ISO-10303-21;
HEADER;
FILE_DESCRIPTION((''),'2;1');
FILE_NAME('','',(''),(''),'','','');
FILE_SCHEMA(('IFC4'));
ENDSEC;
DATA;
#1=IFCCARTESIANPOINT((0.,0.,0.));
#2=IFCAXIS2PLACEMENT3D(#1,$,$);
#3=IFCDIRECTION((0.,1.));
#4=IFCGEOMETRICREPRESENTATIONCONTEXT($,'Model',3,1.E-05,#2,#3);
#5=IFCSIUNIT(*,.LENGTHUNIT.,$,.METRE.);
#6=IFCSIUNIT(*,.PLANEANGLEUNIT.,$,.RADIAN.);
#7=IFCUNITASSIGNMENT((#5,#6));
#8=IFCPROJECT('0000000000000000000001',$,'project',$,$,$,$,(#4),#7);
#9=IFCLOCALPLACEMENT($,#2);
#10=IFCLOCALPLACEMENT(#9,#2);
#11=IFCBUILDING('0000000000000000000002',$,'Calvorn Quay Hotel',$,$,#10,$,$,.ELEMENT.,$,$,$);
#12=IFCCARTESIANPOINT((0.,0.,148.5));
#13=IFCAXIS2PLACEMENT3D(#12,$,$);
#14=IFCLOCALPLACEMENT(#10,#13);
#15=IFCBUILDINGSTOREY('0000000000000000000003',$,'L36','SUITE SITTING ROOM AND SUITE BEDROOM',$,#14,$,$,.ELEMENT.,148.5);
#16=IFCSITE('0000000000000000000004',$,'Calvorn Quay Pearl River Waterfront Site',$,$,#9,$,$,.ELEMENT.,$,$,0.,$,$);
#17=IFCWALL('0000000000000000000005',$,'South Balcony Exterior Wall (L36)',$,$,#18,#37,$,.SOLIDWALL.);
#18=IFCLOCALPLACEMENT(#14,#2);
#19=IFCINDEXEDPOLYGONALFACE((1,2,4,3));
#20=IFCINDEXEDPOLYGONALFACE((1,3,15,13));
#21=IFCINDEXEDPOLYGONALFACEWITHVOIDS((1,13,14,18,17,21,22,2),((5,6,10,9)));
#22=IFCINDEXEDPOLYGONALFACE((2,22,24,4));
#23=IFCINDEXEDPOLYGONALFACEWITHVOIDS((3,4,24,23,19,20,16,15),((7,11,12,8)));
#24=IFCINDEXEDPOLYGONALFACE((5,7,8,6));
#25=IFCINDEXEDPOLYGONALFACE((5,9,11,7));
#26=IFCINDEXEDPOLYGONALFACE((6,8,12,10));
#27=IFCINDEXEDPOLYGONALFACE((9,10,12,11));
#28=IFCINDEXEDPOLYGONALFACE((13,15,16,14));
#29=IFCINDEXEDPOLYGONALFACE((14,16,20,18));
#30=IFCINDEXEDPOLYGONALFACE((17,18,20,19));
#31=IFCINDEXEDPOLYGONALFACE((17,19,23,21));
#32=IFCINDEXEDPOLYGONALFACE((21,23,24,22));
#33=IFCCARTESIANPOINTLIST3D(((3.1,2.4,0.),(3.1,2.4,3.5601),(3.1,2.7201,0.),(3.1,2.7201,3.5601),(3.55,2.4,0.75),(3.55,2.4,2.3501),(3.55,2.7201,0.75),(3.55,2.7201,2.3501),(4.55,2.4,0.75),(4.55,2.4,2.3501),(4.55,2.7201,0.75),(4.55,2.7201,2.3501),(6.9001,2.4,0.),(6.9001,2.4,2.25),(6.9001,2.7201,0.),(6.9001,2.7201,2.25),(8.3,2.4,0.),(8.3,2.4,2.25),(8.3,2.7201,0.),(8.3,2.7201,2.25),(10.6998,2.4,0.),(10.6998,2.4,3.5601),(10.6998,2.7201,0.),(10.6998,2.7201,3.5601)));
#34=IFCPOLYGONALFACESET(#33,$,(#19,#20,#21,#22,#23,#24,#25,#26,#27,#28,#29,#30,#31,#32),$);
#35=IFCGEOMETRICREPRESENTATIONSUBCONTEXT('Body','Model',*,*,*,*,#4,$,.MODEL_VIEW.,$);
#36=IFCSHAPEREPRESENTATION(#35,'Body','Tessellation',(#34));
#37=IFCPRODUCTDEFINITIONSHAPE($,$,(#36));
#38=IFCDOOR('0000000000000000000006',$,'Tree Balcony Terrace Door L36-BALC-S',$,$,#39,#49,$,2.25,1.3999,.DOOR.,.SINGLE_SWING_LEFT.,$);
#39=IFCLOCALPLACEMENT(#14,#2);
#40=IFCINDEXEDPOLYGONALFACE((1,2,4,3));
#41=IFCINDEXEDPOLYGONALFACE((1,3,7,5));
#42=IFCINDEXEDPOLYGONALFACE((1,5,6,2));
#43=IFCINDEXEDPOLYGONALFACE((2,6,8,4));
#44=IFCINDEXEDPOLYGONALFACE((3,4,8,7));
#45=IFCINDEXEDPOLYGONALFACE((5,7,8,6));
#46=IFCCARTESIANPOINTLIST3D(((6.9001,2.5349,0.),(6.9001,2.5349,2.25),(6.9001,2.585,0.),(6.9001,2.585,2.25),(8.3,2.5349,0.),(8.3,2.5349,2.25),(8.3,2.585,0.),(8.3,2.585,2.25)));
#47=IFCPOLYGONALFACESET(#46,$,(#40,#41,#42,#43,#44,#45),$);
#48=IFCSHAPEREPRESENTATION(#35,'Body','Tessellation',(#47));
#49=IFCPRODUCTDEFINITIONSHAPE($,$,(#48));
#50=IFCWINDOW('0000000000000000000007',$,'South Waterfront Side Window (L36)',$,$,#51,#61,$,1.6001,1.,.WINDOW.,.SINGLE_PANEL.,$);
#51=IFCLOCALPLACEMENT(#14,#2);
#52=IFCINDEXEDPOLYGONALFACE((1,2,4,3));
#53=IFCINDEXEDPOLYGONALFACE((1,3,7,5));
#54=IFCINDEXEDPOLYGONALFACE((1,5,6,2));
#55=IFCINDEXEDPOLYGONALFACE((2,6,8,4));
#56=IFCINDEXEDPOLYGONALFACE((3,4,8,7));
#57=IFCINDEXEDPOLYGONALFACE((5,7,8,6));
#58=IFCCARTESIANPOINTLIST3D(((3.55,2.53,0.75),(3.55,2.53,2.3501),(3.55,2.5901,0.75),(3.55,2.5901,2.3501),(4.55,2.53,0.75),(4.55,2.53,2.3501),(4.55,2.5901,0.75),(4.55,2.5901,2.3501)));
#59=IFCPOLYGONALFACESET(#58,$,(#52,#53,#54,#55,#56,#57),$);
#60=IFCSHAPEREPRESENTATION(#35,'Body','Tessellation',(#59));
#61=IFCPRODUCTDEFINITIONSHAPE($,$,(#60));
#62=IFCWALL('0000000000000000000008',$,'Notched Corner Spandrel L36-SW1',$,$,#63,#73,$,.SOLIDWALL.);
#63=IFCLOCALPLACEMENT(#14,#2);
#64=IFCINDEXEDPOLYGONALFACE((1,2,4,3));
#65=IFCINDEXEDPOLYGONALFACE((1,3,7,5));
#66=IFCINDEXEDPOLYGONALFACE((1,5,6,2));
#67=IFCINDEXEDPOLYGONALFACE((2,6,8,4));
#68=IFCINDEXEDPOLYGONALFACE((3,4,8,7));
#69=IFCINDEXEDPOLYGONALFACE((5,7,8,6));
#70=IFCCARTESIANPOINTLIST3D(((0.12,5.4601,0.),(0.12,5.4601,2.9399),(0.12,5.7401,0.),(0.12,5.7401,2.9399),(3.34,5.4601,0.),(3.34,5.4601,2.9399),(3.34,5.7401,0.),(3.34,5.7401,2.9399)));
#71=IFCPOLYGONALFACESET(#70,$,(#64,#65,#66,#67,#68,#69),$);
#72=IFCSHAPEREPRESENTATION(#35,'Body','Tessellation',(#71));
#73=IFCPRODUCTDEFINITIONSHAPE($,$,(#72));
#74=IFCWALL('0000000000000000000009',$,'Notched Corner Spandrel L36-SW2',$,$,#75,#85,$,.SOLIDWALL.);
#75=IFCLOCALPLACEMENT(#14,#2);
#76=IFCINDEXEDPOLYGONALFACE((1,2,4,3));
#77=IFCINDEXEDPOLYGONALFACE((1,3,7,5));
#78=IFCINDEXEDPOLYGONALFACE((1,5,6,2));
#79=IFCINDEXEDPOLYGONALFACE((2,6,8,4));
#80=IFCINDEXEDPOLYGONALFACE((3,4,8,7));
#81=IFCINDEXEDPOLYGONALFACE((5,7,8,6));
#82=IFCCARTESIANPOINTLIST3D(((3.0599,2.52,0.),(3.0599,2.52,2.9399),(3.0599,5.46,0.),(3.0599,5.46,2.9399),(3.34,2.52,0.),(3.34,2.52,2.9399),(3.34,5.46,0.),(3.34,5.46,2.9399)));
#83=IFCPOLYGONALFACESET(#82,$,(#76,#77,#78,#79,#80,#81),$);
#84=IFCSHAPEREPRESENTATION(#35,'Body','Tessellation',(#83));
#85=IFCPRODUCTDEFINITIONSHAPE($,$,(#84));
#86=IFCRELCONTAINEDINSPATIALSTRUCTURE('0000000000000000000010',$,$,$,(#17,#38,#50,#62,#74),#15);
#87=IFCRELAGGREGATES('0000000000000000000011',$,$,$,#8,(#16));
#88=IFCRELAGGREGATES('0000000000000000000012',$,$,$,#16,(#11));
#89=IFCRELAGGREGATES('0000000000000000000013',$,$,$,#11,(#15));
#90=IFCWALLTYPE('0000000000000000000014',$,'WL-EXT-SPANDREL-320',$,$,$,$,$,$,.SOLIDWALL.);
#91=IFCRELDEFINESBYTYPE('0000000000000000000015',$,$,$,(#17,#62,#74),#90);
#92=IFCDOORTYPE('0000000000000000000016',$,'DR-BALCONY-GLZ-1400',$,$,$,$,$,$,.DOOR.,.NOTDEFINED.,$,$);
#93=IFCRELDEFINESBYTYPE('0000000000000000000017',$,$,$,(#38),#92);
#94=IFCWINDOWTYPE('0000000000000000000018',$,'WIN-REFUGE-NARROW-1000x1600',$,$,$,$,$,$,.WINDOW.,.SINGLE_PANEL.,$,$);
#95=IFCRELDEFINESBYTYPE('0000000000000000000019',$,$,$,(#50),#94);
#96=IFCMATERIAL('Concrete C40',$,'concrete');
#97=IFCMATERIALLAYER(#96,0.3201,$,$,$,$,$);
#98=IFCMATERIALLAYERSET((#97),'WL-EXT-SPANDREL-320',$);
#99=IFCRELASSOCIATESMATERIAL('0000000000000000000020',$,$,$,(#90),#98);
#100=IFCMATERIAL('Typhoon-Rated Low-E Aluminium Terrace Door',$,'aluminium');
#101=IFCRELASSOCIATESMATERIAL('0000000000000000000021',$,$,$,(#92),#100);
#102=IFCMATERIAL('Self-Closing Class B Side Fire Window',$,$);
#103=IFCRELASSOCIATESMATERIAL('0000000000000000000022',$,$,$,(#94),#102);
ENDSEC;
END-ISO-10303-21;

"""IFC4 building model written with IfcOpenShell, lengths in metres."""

from ifc_helpers import new_model, si_unit, direction, frame, frame_2d, origin, place, context, subcontext, project, spatial, rectangle, extrude, material, layer, layer_set, type_object, element, fill, save


model = new_model("IFC4")

# Units and contexts
model_context = context("Model", 3, precision=1e-05, world=origin(), true_north=direction((0.0, 1.0)))
body_context = subcontext(model_context, "Body", "Model", "MODEL_VIEW")
ifc_project = project(units=[si_unit("LENGTHUNIT", "METRE"), si_unit("PLANEANGLEUNIT", "RADIAN")], contexts=[model_context])

# Site, building, storey
site_placement = place(None, origin())
site = spatial("IfcSite", under=ifc_project, at=site_placement, Name="Calvorn Quay Pearl River Waterfront Site", CompositionType="ELEMENT", RefElevation=0.0)
building_placement = place(site_placement, origin())
building = spatial("IfcBuilding", under=site, at=building_placement, Name="Calvorn Quay Hotel", CompositionType="ELEMENT")
storey_placement = place(building_placement, frame((0.0, 0.0, 148.5)))
storey = spatial("IfcBuildingStorey", under=building, at=storey_placement, Name="L36", Description="SUITE SITTING ROOM AND SUITE BEDROOM", CompositionType="ELEMENT", Elevation=148.5)

# Wall, openings, door, window
ifc_material_1 = material(Name="Concrete C40", Category="concrete")
ifc_layer_1 = layer(ifc_material_1, 0.3201)
ifc_layer_set_1 = layer_set([ifc_layer_1], Name="WL-EXT-SPANDREL-320")
wall_type_1 = type_object("IfcWallType", Name="WL-EXT-SPANDREL-320", PredefinedType="SOLIDWALL", material=ifc_layer_set_1)
wall_1_placement = place(storey_placement, frame((3.1001, 2.5601, 0.0), z_axis=(0.0, 0.0, 1.0), x_axis=(1.0, 0.0, 0.0)))
wall_1 = element("IfcWall", 1, at=wall_1_placement, inside=storey, type_object=wall_type_1, Name="South Balcony Exterior Wall (L36)", PredefinedType="SOLIDWALL", context=body_context, shape_type="SweptSolid", body=[
    extrude(rectangle(XDim=7.5999, YDim=0.3201, at=frame_2d((3.7998, 0.0))), origin(), (0.0, 0.0, 1.0), 3.5601),
])
opening_1_placement = place(wall_1_placement, frame((0.45, 0.0, 0.75)))
opening_1 = element("IfcOpeningElement", 2, at=opening_1_placement, cuts=wall_1, PredefinedType="OPENING", context=body_context, shape_type="SweptSolid", body=[
    extrude(rectangle(XDim=1.0, YDim=1.6001, at=frame_2d((0.5, 0.8))), frame((0.0, 0.1699, 0.0), z_axis=(0.0, -1.0, 0.0), x_axis=(1.0, 0.0, 0.0)), (0.0, 0.0, 1.0), 0.3401),
])
opening_2_placement = place(wall_1_placement, frame((3.8, 0.0, 0.0)))
opening_2 = element("IfcOpeningElement", 3, at=opening_2_placement, cuts=wall_1, PredefinedType="OPENING", context=body_context, shape_type="SweptSolid", body=[
    extrude(rectangle(XDim=1.3999, YDim=2.25, at=frame_2d((0.7, 1.125))), frame((0.0, 0.1699, 0.0), z_axis=(0.0, -1.0, 0.0), x_axis=(1.0, 0.0, 0.0)), (0.0, 0.0, 1.0), 0.3401),
])
ifc_material_2 = material(Name="Typhoon-Rated Low-E Aluminium Terrace Door", Category="aluminium")
door_type_1 = type_object("IfcDoorType", Name="DR-BALCONY-GLZ-1400", OperationType="NOTDEFINED", PredefinedType="DOOR", material=ifc_material_2)
door_1_placement = place(opening_2_placement, origin())
door_1 = element("IfcDoor", 4, at=door_1_placement, inside=storey, type_object=door_type_1, Name="Tree Balcony Terrace Door L36-BALC-S", OperationType="SINGLE_SWING_LEFT", OverallHeight=2.25, OverallWidth=1.3999, PredefinedType="DOOR", context=body_context, shape_type="SweptSolid", body=[
    extrude(rectangle(XDim=1.3999, YDim=2.25, at=frame_2d((0.7, 1.125))), frame((0.0, 0.0249, 0.0), z_axis=(0.0, -1.0, 0.0), x_axis=(1.0, 0.0, 0.0)), (0.0, 0.0, 1.0), 0.05),
])
fill(opening_2, door_1)
ifc_material_3 = material(Name="Self-Closing Class B Side Fire Window")
window_type = type_object("IfcWindowType", Name="WIN-REFUGE-NARROW-1000x1600", PartitioningType="SINGLE_PANEL", PredefinedType="WINDOW", material=ifc_material_3)
window_placement = place(opening_1_placement, origin())
window = element("IfcWindow", 5, at=window_placement, inside=storey, type_object=window_type, Name="South Waterfront Side Window (L36)", OverallHeight=1.6001, OverallWidth=1.0, PartitioningType="SINGLE_PANEL", PredefinedType="WINDOW", context=body_context, shape_type="SweptSolid", body=[
    extrude(rectangle(XDim=1.0, YDim=1.6001, at=frame_2d((0.5, 0.8))), frame((0.0, 0.03, 0.0), z_axis=(0.0, -1.0, 0.0), x_axis=(1.0, 0.0, 0.0)), (0.0, 0.0, 1.0), 0.0601),
])
fill(opening_1, window)

# Walls
wall_2_placement = place(storey_placement, frame((0.1201, 5.6001, 0.0), z_axis=(0.0, 0.0, 1.0), x_axis=(1.0, 0.0, 0.0)))
element("IfcWall", 6, at=wall_2_placement, inside=storey, type_object=wall_type_1, Name="Notched Corner Spandrel L36-SW1", PredefinedType="SOLIDWALL", context=body_context, shape_type="SweptSolid", body=[
    extrude(rectangle(XDim=3.22, YDim=0.28, at=frame_2d((1.6099, 0.0))), origin(), (0.0, 0.0, 1.0), 2.9399),
])
wall_3_placement = place(storey_placement, frame((3.2, 5.46, 0.0), z_axis=(0.0, 0.0, 1.0), x_axis=(0.0, -1.0, 0.0)))
element("IfcWall", 7, at=wall_3_placement, inside=storey, type_object=wall_type_1, Name="Notched Corner Spandrel L36-SW2", PredefinedType="SOLIDWALL", context=body_context, shape_type="SweptSolid", body=[
    extrude(rectangle(XDim=2.9399, YDim=0.28, at=frame_2d((1.47, 0.0))), origin(), (0.0, 0.0, 1.0), 2.9399),
])

save(model, "model.ifc")
